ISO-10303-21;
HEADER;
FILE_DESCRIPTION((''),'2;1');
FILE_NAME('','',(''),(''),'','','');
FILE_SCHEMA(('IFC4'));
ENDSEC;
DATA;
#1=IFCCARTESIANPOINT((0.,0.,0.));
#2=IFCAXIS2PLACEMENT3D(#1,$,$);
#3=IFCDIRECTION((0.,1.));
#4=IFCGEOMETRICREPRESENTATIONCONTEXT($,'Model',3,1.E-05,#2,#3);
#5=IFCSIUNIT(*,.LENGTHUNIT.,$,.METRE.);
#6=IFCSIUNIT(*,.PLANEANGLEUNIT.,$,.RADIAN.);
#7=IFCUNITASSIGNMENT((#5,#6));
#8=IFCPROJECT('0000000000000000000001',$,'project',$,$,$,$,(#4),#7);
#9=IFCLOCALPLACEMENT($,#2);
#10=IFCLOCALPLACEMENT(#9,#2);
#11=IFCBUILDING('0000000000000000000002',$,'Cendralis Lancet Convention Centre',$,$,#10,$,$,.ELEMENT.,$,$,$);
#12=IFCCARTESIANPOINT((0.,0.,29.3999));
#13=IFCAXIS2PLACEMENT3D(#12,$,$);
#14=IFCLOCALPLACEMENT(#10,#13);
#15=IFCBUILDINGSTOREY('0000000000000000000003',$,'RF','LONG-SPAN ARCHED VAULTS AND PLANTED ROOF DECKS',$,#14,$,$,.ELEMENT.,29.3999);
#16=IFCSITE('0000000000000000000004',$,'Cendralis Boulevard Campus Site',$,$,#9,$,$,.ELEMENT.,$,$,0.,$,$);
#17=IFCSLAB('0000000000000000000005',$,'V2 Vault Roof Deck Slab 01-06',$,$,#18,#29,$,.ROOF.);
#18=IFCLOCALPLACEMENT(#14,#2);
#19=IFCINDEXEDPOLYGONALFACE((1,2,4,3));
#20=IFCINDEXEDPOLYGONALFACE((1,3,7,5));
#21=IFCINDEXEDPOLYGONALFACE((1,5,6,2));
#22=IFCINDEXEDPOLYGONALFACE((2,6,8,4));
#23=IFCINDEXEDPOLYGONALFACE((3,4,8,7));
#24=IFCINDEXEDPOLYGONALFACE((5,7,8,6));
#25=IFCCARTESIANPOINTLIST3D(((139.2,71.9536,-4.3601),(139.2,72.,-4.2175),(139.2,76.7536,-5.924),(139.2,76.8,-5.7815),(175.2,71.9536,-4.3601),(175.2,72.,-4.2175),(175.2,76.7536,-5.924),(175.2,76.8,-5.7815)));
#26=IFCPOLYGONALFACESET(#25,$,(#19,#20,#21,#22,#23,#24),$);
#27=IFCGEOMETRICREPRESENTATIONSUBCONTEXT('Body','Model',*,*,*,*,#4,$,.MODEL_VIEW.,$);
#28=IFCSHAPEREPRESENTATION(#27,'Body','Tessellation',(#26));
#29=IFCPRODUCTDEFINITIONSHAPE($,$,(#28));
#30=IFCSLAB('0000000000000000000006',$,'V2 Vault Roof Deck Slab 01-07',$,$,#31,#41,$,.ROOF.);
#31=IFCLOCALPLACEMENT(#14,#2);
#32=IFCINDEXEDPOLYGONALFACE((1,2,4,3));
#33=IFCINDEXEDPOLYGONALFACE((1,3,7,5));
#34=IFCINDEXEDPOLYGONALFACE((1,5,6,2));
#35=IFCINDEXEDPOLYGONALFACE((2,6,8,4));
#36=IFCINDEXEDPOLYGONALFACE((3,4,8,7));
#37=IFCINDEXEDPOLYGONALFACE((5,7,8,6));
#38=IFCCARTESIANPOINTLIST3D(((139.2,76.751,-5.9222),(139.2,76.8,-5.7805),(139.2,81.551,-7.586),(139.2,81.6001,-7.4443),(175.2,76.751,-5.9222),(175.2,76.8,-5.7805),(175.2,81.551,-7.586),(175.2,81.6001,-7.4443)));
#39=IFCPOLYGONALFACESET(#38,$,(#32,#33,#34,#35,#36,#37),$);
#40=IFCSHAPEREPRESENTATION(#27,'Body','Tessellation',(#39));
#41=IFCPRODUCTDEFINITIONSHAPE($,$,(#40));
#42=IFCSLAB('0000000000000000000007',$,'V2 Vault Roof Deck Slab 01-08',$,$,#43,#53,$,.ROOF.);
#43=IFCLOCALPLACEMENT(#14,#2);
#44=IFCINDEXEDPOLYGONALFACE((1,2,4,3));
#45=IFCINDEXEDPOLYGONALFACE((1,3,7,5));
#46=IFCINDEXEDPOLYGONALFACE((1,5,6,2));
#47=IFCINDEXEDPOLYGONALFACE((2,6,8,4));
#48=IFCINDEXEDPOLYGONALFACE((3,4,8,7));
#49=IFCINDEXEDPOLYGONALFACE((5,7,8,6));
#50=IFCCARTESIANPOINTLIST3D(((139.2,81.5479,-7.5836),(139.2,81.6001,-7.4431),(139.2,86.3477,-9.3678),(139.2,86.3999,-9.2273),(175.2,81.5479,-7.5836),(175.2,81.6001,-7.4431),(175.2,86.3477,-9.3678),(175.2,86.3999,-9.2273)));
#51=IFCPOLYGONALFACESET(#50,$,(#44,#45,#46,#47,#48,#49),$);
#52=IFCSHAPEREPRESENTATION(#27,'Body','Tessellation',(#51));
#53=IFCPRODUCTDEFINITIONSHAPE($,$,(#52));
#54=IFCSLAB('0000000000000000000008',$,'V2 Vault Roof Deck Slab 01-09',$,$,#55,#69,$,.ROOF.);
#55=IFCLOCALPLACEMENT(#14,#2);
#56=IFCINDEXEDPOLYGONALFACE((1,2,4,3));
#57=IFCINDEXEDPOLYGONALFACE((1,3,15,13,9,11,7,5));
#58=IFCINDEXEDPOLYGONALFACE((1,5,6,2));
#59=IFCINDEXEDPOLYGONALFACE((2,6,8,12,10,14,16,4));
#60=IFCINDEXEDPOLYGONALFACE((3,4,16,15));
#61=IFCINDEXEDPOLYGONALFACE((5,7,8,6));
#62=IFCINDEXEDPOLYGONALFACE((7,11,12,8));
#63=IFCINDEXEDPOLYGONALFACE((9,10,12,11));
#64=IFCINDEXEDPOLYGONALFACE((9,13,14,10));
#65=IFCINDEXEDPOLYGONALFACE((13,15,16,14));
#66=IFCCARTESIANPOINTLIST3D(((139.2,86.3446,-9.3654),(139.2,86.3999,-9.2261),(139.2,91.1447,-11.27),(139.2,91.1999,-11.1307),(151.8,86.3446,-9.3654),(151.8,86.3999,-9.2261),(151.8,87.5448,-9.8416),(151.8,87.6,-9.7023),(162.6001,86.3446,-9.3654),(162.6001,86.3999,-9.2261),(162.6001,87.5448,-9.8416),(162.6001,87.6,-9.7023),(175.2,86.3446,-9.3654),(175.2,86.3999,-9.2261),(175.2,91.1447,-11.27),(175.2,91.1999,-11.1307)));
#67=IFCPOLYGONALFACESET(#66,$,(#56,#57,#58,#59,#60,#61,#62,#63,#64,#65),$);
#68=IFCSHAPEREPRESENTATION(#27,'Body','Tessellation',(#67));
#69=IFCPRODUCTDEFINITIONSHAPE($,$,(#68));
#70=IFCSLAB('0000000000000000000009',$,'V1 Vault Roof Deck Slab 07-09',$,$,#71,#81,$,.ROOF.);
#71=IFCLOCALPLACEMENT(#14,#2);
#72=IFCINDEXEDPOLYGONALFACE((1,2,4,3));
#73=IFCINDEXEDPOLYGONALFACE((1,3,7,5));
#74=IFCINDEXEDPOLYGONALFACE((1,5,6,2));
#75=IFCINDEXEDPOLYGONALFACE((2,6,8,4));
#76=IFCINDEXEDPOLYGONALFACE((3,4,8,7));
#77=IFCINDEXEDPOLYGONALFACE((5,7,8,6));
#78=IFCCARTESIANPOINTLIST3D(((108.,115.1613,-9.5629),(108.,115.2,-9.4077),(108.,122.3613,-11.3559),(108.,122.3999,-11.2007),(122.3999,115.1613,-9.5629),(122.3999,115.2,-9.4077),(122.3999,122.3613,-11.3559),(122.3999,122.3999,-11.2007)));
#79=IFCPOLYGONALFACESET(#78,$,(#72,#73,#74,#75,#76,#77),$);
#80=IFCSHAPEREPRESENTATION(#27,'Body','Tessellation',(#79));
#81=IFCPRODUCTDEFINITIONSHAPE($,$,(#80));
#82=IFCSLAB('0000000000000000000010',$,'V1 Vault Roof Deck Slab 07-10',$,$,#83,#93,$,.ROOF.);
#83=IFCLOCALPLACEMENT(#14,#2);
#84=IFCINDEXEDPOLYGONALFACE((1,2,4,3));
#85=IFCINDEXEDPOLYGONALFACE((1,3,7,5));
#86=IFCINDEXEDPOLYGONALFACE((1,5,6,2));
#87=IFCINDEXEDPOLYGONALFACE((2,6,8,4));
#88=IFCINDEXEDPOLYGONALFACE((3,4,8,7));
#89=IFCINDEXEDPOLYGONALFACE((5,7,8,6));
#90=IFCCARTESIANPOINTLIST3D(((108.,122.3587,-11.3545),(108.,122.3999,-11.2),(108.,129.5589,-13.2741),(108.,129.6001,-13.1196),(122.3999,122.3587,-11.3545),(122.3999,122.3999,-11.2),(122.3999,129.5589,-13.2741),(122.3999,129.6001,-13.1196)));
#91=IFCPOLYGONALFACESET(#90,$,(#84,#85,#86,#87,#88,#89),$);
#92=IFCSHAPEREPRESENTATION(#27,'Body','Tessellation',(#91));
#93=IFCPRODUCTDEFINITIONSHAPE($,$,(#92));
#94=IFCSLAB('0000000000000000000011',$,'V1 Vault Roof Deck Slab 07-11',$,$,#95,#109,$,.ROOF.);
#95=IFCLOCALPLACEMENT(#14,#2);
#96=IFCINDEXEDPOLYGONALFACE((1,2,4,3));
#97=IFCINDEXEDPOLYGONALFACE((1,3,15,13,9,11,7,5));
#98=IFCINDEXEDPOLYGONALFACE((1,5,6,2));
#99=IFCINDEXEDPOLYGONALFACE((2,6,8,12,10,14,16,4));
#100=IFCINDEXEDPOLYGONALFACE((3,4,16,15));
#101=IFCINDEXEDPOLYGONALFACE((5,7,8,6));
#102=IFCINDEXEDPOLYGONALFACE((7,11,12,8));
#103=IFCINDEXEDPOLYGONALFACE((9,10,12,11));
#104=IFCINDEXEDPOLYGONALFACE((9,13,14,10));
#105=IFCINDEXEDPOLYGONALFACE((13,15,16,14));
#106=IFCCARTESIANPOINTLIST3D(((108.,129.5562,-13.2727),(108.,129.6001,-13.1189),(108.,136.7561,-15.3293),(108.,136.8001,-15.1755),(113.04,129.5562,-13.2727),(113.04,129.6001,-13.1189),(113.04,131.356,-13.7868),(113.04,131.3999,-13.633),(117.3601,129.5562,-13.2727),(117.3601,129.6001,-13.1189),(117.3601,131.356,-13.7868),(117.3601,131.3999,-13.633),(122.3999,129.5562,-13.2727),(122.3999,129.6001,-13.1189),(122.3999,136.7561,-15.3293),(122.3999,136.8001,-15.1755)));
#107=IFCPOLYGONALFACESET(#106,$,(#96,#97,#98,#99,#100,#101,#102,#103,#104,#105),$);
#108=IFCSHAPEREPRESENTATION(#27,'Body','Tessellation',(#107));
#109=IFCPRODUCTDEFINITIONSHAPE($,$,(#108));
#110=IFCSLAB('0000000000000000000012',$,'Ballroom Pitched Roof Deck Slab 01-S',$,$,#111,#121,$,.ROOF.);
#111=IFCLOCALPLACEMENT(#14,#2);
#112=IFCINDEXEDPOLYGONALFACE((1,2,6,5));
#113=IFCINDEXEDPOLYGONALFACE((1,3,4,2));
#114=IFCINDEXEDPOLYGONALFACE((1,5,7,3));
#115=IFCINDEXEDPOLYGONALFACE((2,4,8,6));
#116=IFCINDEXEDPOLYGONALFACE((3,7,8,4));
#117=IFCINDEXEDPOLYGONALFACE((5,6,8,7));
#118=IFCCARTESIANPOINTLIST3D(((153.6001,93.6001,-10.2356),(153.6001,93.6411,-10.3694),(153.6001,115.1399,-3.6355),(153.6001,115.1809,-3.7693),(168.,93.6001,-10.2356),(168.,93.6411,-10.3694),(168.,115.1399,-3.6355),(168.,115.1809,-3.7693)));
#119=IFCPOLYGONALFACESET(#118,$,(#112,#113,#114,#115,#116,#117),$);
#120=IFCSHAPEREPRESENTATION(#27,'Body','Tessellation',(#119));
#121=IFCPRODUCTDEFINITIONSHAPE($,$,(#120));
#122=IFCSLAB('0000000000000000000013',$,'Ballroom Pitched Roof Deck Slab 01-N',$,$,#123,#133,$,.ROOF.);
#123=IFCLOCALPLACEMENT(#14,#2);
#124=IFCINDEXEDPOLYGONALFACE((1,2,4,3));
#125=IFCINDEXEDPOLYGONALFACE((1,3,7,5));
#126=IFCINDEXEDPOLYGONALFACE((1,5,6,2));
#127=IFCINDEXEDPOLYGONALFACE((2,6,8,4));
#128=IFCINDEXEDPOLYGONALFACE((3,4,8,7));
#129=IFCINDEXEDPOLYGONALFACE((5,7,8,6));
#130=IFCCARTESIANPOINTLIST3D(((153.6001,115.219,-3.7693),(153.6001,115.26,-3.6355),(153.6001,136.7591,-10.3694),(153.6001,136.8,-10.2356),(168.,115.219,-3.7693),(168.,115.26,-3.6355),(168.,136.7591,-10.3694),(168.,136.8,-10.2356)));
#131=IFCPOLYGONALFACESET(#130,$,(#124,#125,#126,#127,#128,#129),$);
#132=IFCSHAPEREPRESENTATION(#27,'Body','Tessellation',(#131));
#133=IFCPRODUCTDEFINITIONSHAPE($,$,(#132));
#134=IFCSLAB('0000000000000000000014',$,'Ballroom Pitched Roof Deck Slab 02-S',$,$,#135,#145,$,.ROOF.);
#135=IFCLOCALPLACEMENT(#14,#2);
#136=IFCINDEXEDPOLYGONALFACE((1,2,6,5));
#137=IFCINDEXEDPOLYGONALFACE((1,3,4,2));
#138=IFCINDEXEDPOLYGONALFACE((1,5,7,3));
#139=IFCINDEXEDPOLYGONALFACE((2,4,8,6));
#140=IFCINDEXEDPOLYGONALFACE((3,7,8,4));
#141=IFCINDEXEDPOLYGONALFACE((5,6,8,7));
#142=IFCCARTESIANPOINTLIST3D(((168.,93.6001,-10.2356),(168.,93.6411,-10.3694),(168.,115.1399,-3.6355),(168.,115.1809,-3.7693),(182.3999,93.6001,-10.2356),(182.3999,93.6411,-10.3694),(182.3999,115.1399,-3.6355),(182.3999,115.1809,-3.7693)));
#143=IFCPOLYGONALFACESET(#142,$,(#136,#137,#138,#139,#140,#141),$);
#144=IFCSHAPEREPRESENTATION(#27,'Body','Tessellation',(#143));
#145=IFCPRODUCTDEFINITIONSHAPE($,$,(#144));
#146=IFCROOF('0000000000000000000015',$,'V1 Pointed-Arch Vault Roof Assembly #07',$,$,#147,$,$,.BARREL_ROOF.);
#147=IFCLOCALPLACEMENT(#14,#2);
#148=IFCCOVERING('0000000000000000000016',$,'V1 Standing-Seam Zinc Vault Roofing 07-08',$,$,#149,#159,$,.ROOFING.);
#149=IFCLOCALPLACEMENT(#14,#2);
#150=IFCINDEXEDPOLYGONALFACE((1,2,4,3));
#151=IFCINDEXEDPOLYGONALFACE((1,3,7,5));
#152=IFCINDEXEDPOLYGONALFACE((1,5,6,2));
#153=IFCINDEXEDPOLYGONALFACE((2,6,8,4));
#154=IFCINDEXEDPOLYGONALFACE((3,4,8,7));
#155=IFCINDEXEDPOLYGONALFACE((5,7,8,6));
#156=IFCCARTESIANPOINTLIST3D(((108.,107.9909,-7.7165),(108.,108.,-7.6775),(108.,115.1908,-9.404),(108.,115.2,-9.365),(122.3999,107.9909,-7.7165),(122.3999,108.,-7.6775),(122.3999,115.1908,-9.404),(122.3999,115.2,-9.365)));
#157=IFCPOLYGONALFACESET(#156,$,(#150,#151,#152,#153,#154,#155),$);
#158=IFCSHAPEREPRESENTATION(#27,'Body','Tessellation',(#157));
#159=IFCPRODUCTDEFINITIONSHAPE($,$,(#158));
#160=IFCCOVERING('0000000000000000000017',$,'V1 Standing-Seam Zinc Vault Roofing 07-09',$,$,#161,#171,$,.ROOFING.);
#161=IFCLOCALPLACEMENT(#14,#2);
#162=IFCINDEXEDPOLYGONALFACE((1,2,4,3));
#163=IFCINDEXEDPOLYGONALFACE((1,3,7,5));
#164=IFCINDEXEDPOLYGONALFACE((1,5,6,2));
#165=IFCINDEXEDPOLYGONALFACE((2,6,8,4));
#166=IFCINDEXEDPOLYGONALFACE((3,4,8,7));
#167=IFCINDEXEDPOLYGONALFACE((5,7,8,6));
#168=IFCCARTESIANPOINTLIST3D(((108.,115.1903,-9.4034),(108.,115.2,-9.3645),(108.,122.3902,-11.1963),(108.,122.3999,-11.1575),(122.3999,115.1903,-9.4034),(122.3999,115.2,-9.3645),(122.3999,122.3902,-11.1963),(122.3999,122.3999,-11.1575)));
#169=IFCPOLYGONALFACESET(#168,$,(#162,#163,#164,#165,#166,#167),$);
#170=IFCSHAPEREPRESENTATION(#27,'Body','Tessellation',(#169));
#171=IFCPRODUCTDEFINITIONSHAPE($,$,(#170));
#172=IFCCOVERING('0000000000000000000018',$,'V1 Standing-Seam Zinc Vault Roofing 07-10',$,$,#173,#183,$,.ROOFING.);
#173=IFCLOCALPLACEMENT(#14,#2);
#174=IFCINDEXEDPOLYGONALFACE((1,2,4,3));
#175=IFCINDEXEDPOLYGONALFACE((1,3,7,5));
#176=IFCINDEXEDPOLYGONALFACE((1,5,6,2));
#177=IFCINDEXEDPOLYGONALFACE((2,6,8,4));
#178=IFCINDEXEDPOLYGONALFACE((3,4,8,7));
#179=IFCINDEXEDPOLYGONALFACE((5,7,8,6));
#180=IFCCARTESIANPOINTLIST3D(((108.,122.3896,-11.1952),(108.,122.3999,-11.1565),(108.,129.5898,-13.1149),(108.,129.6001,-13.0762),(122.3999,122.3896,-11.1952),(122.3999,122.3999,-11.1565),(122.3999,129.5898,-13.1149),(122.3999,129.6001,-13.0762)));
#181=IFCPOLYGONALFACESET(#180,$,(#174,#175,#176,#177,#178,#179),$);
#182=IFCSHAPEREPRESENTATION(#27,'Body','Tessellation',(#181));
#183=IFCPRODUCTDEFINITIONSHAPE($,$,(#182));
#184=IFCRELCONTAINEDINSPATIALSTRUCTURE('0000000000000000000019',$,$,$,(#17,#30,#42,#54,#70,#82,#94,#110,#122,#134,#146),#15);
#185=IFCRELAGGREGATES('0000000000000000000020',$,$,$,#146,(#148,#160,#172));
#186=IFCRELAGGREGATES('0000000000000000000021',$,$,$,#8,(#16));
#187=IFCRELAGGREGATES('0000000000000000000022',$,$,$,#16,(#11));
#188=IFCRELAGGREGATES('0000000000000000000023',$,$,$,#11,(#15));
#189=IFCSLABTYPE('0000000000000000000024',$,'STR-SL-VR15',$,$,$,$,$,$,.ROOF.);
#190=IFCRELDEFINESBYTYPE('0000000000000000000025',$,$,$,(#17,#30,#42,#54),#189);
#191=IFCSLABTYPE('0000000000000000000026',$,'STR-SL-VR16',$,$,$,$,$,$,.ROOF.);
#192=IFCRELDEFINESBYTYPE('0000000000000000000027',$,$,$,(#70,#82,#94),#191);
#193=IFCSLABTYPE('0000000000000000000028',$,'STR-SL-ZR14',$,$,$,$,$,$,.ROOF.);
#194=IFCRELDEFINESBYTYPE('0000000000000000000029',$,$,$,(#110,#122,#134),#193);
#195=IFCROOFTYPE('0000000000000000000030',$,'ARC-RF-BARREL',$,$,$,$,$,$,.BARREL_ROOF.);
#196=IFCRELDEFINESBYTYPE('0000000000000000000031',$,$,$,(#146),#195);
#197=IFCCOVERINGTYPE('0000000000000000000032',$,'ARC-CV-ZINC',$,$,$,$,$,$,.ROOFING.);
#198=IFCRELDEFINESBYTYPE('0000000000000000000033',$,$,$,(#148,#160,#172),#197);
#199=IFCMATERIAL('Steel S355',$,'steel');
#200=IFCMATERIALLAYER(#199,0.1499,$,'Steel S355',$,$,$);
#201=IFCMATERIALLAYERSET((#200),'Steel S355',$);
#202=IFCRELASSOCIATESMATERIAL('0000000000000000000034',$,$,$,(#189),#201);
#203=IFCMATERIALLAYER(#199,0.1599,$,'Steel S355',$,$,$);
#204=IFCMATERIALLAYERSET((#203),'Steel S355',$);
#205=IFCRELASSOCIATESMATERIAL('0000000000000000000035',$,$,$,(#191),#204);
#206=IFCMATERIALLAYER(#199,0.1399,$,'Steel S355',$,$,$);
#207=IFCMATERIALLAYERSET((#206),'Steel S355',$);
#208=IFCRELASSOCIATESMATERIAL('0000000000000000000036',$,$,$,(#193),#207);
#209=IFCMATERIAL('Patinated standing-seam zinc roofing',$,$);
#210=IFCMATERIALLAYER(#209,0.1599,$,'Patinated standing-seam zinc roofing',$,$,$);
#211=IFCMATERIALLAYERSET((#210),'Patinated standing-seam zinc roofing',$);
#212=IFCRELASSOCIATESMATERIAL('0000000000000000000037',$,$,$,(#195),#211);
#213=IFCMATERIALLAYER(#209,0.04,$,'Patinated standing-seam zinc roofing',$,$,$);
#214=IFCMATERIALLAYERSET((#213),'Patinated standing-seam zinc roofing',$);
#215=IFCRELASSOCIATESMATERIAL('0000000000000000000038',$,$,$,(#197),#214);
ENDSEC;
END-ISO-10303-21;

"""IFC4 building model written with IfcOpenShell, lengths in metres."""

from ifc_helpers import new_model, si_unit, direction, frame, origin, place, context, subcontext, project, spatial, polyline, outline, extrude, material, layer, layer_set, type_object, element, aggregate, save


model = new_model("IFC4")

# Units and contexts
model_context = context("Model", 3, precision=1e-05, world=origin(), true_north=direction((0.0, 1.0)))
body_context = subcontext(model_context, "Body", "Model", "MODEL_VIEW")
ifc_project = project(units=[si_unit("LENGTHUNIT", "METRE"), si_unit("PLANEANGLEUNIT", "RADIAN")], contexts=[model_context])

# Site, building, storey
site_placement = place(None, origin())
site = spatial("IfcSite", under=ifc_project, at=site_placement, Name="Cendralis Boulevard Campus Site", CompositionType="ELEMENT", RefElevation=0.0)
building_placement = place(site_placement, origin())
building = spatial("IfcBuilding", under=site, at=building_placement, Name="Cendralis Lancet Convention Centre", CompositionType="ELEMENT")
storey_placement = place(building_placement, frame((0.0, 0.0, 29.3999)))
storey = spatial("IfcBuildingStorey", under=building, at=storey_placement, Name="RF", Description="LONG-SPAN ARCHED VAULTS AND PLANTED ROOF DECKS", CompositionType="ELEMENT", Elevation=29.3999)

# Slabs
ifc_material_1 = material(Name="Steel S355", Category="steel")
ifc_layer_1 = layer(ifc_material_1, 0.1499, Name="Steel S355")
ifc_layer_set_1 = layer_set([ifc_layer_1], Name="Steel S355")
slab_type_1 = type_object("IfcSlabType", Name="STR-SL-VR15", PredefinedType="ROOF", material=ifc_layer_set_1)
slab_1_placement = place(storey_placement, frame((139.2, 72.0, -4.2175), z_axis=(0.0, 0.309793, 0.950804), x_axis=(1.0, 0.0, 0.0)))
element("IfcSlab", 1, at=slab_1_placement, inside=storey, type_object=slab_type_1, Name="V2 Vault Roof Deck Slab 01-06", PredefinedType="ROOF", context=body_context, shape_type="SweptSolid", body=[
    extrude(outline(polyline([(0.0, 0.0), (36.0, 0.0), (36.0, 5.0484), (0.0, 5.0484), (0.0, 0.0)])), origin(), (0.0, 0.0, -1.0), 0.1499),
])
slab_2_placement = place(storey_placement, frame((139.2, 76.8, -5.7805), z_axis=(0.0, 0.327508, 0.944848), x_axis=(1.0, 0.0, 0.0)))
element("IfcSlab", 2, at=slab_2_placement, inside=storey, type_object=slab_type_1, Name="V2 Vault Roof Deck Slab 01-07", PredefinedType="ROOF", context=body_context, shape_type="SweptSolid", body=[
    extrude(outline(polyline([(0.0, 0.0), (36.0, 0.0), (36.0, 5.0802), (0.0, 5.0802), (0.0, 0.0)])), origin(), (0.0, 0.0, -1.0), 0.1499),
])
slab_3_placement = place(storey_placement, frame((139.2, 81.6001, -7.4431), z_axis=(0.0, 0.348426, 0.937336), x_axis=(1.0, 0.0, 0.0)))
element("IfcSlab", 3, at=slab_3_placement, inside=storey, type_object=slab_type_1, Name="V2 Vault Roof Deck Slab 01-08", PredefinedType="ROOF", context=body_context, shape_type="SweptSolid", body=[
    extrude(outline(polyline([(0.0, 0.0), (36.0, 0.0), (36.0, 5.1207), (0.0, 5.1207), (0.0, 0.0)])), origin(), (0.0, 0.0, -1.0), 0.1499),
])
slab_4_placement = place(storey_placement, frame((139.2, 86.3999, -9.2261), z_axis=(0.0, 0.368813, 0.929504), x_axis=(1.0, 0.0, 0.0)))
element("IfcSlab", 4, at=slab_4_placement, inside=storey, type_object=slab_type_1, Name="V2 Vault Roof Deck Slab 01-09", PredefinedType="ROOF", context=body_context, shape_type="SweptSolid", body=[
    extrude(outline(polyline([(0.0, 0.0), (12.6001, 0.0), (12.6001, 1.2912), (23.4001, 1.2912), (23.4001, 0.0), (36.0, 0.0), (36.0, 5.1641), (0.0, 5.1641), (0.0, 0.0)])), origin(), (0.0, 0.0, -1.0), 0.1499),
])
ifc_layer_2 = layer(ifc_material_1, 0.1599, Name="Steel S355")
ifc_layer_set_2 = layer_set([ifc_layer_2], Name="Steel S355")
slab_type_2 = type_object("IfcSlabType", Name="STR-SL-VR16", PredefinedType="ROOF", material=ifc_layer_set_2)
slab_5_placement = place(storey_placement, frame((108.0, 115.2, -9.4077), z_axis=(0.0, 0.241645, 0.970365), x_axis=(1.0, 0.0, 0.0)))
element("IfcSlab", 5, at=slab_5_placement, inside=storey, type_object=slab_type_2, Name="V1 Vault Roof Deck Slab 07-09", PredefinedType="ROOF", context=body_context, shape_type="SweptSolid", body=[
    extrude(outline(polyline([(0.0, 0.0), (14.3999, 0.0), (14.3999, 7.4198), (0.0, 7.4198), (0.0, 0.0)])), origin(), (0.0, 0.0, -1.0), 0.1599),
])
slab_6_placement = place(storey_placement, frame((108.0, 122.3999, -11.2), z_axis=(0.0, 0.257616, 0.966247), x_axis=(1.0, 0.0, 0.0)))
element("IfcSlab", 6, at=slab_6_placement, inside=storey, type_object=slab_type_2, Name="V1 Vault Roof Deck Slab 07-10", PredefinedType="ROOF", context=body_context, shape_type="SweptSolid", body=[
    extrude(outline(polyline([(0.0, 0.0), (14.3999, 0.0), (14.3999, 7.4517), (0.0, 7.4517), (0.0, 0.0)])), origin(), (0.0, 0.0, -1.0), 0.1599),
])
slab_7_placement = place(storey_placement, frame((108.0, 129.6001, -13.1189), z_axis=(0.0, 0.274659, 0.961542), x_axis=(1.0, 0.0, 0.0)))
element("IfcSlab", 7, at=slab_7_placement, inside=storey, type_object=slab_type_2, Name="V1 Vault Roof Deck Slab 07-11", PredefinedType="ROOF", context=body_context, shape_type="SweptSolid", body=[
    extrude(outline(polyline([(0.0, 0.0), (5.04, 0.0), (5.04, 1.8718), (9.3601, 1.8718), (9.3601, 0.0), (14.3999, 0.0), (14.3999, 7.4879), (0.0, 7.4879), (0.0, 0.0)])), origin(), (0.0, 0.0, -1.0), 0.1599),
])
ifc_layer_3 = layer(ifc_material_1, 0.1399, Name="Steel S355")
ifc_layer_set_3 = layer_set([ifc_layer_3], Name="Steel S355")
slab_type_3 = type_object("IfcSlabType", Name="STR-SL-ZR14", PredefinedType="ROOF", material=ifc_layer_set_3)
slab_8_placement = place(storey_placement, frame((153.6001, 93.6001, -10.2356), z_axis=(0.0, -0.292969, 0.956122), x_axis=(1.0, 0.0, 0.0)))
element("IfcSlab", 8, at=slab_8_placement, inside=storey, type_object=slab_type_3, Name="Ballroom Pitched Roof Deck Slab 01-S", PredefinedType="ROOF", context=body_context, shape_type="SweptSolid", body=[
    extrude(outline(polyline([(0.0, 0.0), (14.3999, 0.0), (14.3999, 22.5283), (0.0, 22.5283), (0.0, 0.0)])), origin(), (0.0, 0.0, -1.0), 0.1399),
])
slab_9_placement = place(storey_placement, frame((153.6001, 115.26, -3.6355), z_axis=(0.0, 0.292966, 0.956123), x_axis=(1.0, 0.0, 0.0)))
element("IfcSlab", 9, at=slab_9_placement, inside=storey, type_object=slab_type_3, Name="Ballroom Pitched Roof Deck Slab 01-N", PredefinedType="ROOF", context=body_context, shape_type="SweptSolid", body=[
    extrude(outline(polyline([(0.0, 0.0), (14.3999, 0.0), (14.3999, 22.5285), (0.0, 22.5285), (0.0, 0.0)])), origin(), (0.0, 0.0, -1.0), 0.1399),
])
slab_10_placement = place(storey_placement, frame((168.0, 93.6001, -10.2356), z_axis=(0.0, -0.292969, 0.956122), x_axis=(1.0, 0.0, 0.0)))
element("IfcSlab", 10, at=slab_10_placement, inside=storey, type_object=slab_type_3, Name="Ballroom Pitched Roof Deck Slab 02-S", PredefinedType="ROOF", context=body_context, shape_type="SweptSolid", body=[
    extrude(outline(polyline([(0.0, 0.0), (14.3999, 0.0), (14.3999, 22.5283), (0.0, 22.5283), (0.0, 0.0)])), origin(), (0.0, 0.0, -1.0), 0.1399),
])

# Roof, coverings
ifc_material_2 = material(Name="Patinated standing-seam zinc roofing")
ifc_layer_4 = layer(ifc_material_2, 0.1599, Name="Patinated standing-seam zinc roofing")
ifc_layer_set_4 = layer_set([ifc_layer_4], Name="Patinated standing-seam zinc roofing")
roof_type_1 = type_object("IfcRoofType", Name="ARC-RF-BARREL", PredefinedType="BARREL_ROOF", material=ifc_layer_set_4)
roof_1_placement = place(storey_placement, origin())
roof_1 = element("IfcRoof", 11, at=roof_1_placement, inside=storey, type_object=roof_type_1, Name="V1 Pointed-Arch Vault Roof Assembly #07", PredefinedType="BARREL_ROOF")
ifc_layer_5 = layer(ifc_material_2, 0.04, Name="Patinated standing-seam zinc roofing")
ifc_layer_set_5 = layer_set([ifc_layer_5], Name="Patinated standing-seam zinc roofing")
covering_type = type_object("IfcCoveringType", Name="ARC-CV-ZINC", PredefinedType="ROOFING", material=ifc_layer_set_5)
covering_1_placement = place(storey_placement, frame((108.0, 108.0, -7.6775), z_axis=(0.0, 0.228193, 0.973616), x_axis=(1.0, 0.0, 0.0)))
covering_1 = element("IfcCovering", 12, at=covering_1_placement, type_object=covering_type, Name="V1 Standing-Seam Zinc Vault Roofing 07-08", PredefinedType="ROOFING", context=body_context, shape_type="SweptSolid", body=[
    extrude(outline(polyline([(0.0, 0.0), (14.3999, 0.0), (14.3999, 7.3951), (0.0, 7.3951), (0.0, 0.0)])), origin(), (0.0, 0.0, -1.0), 0.04),
])
covering_2_placement = place(storey_placement, frame((108.0, 115.2, -9.3645), z_axis=(0.0, 0.241645, 0.970365), x_axis=(1.0, 0.0, 0.0)))
covering_2 = element("IfcCovering", 13, at=covering_2_placement, type_object=covering_type, Name="V1 Standing-Seam Zinc Vault Roofing 07-09", PredefinedType="ROOFING", context=body_context, shape_type="SweptSolid", body=[
    extrude(outline(polyline([(0.0, 0.0), (14.3999, 0.0), (14.3999, 7.4198), (0.0, 7.4198), (0.0, 0.0)])), origin(), (0.0, 0.0, -1.0), 0.04),
])
covering_3_placement = place(storey_placement, frame((108.0, 122.3999, -11.1565), z_axis=(0.0, 0.257616, 0.966247), x_axis=(1.0, 0.0, 0.0)))
covering_3 = element("IfcCovering", 14, at=covering_3_placement, type_object=covering_type, Name="V1 Standing-Seam Zinc Vault Roofing 07-10", PredefinedType="ROOFING", context=body_context, shape_type="SweptSolid", body=[
    extrude(outline(polyline([(0.0, 0.0), (14.3999, 0.0), (14.3999, 7.4517), (0.0, 7.4517), (0.0, 0.0)])), origin(), (0.0, 0.0, -1.0), 0.04),
])
aggregate(roof_1, [covering_1, covering_2, covering_3])

save(model, "model.ifc")
